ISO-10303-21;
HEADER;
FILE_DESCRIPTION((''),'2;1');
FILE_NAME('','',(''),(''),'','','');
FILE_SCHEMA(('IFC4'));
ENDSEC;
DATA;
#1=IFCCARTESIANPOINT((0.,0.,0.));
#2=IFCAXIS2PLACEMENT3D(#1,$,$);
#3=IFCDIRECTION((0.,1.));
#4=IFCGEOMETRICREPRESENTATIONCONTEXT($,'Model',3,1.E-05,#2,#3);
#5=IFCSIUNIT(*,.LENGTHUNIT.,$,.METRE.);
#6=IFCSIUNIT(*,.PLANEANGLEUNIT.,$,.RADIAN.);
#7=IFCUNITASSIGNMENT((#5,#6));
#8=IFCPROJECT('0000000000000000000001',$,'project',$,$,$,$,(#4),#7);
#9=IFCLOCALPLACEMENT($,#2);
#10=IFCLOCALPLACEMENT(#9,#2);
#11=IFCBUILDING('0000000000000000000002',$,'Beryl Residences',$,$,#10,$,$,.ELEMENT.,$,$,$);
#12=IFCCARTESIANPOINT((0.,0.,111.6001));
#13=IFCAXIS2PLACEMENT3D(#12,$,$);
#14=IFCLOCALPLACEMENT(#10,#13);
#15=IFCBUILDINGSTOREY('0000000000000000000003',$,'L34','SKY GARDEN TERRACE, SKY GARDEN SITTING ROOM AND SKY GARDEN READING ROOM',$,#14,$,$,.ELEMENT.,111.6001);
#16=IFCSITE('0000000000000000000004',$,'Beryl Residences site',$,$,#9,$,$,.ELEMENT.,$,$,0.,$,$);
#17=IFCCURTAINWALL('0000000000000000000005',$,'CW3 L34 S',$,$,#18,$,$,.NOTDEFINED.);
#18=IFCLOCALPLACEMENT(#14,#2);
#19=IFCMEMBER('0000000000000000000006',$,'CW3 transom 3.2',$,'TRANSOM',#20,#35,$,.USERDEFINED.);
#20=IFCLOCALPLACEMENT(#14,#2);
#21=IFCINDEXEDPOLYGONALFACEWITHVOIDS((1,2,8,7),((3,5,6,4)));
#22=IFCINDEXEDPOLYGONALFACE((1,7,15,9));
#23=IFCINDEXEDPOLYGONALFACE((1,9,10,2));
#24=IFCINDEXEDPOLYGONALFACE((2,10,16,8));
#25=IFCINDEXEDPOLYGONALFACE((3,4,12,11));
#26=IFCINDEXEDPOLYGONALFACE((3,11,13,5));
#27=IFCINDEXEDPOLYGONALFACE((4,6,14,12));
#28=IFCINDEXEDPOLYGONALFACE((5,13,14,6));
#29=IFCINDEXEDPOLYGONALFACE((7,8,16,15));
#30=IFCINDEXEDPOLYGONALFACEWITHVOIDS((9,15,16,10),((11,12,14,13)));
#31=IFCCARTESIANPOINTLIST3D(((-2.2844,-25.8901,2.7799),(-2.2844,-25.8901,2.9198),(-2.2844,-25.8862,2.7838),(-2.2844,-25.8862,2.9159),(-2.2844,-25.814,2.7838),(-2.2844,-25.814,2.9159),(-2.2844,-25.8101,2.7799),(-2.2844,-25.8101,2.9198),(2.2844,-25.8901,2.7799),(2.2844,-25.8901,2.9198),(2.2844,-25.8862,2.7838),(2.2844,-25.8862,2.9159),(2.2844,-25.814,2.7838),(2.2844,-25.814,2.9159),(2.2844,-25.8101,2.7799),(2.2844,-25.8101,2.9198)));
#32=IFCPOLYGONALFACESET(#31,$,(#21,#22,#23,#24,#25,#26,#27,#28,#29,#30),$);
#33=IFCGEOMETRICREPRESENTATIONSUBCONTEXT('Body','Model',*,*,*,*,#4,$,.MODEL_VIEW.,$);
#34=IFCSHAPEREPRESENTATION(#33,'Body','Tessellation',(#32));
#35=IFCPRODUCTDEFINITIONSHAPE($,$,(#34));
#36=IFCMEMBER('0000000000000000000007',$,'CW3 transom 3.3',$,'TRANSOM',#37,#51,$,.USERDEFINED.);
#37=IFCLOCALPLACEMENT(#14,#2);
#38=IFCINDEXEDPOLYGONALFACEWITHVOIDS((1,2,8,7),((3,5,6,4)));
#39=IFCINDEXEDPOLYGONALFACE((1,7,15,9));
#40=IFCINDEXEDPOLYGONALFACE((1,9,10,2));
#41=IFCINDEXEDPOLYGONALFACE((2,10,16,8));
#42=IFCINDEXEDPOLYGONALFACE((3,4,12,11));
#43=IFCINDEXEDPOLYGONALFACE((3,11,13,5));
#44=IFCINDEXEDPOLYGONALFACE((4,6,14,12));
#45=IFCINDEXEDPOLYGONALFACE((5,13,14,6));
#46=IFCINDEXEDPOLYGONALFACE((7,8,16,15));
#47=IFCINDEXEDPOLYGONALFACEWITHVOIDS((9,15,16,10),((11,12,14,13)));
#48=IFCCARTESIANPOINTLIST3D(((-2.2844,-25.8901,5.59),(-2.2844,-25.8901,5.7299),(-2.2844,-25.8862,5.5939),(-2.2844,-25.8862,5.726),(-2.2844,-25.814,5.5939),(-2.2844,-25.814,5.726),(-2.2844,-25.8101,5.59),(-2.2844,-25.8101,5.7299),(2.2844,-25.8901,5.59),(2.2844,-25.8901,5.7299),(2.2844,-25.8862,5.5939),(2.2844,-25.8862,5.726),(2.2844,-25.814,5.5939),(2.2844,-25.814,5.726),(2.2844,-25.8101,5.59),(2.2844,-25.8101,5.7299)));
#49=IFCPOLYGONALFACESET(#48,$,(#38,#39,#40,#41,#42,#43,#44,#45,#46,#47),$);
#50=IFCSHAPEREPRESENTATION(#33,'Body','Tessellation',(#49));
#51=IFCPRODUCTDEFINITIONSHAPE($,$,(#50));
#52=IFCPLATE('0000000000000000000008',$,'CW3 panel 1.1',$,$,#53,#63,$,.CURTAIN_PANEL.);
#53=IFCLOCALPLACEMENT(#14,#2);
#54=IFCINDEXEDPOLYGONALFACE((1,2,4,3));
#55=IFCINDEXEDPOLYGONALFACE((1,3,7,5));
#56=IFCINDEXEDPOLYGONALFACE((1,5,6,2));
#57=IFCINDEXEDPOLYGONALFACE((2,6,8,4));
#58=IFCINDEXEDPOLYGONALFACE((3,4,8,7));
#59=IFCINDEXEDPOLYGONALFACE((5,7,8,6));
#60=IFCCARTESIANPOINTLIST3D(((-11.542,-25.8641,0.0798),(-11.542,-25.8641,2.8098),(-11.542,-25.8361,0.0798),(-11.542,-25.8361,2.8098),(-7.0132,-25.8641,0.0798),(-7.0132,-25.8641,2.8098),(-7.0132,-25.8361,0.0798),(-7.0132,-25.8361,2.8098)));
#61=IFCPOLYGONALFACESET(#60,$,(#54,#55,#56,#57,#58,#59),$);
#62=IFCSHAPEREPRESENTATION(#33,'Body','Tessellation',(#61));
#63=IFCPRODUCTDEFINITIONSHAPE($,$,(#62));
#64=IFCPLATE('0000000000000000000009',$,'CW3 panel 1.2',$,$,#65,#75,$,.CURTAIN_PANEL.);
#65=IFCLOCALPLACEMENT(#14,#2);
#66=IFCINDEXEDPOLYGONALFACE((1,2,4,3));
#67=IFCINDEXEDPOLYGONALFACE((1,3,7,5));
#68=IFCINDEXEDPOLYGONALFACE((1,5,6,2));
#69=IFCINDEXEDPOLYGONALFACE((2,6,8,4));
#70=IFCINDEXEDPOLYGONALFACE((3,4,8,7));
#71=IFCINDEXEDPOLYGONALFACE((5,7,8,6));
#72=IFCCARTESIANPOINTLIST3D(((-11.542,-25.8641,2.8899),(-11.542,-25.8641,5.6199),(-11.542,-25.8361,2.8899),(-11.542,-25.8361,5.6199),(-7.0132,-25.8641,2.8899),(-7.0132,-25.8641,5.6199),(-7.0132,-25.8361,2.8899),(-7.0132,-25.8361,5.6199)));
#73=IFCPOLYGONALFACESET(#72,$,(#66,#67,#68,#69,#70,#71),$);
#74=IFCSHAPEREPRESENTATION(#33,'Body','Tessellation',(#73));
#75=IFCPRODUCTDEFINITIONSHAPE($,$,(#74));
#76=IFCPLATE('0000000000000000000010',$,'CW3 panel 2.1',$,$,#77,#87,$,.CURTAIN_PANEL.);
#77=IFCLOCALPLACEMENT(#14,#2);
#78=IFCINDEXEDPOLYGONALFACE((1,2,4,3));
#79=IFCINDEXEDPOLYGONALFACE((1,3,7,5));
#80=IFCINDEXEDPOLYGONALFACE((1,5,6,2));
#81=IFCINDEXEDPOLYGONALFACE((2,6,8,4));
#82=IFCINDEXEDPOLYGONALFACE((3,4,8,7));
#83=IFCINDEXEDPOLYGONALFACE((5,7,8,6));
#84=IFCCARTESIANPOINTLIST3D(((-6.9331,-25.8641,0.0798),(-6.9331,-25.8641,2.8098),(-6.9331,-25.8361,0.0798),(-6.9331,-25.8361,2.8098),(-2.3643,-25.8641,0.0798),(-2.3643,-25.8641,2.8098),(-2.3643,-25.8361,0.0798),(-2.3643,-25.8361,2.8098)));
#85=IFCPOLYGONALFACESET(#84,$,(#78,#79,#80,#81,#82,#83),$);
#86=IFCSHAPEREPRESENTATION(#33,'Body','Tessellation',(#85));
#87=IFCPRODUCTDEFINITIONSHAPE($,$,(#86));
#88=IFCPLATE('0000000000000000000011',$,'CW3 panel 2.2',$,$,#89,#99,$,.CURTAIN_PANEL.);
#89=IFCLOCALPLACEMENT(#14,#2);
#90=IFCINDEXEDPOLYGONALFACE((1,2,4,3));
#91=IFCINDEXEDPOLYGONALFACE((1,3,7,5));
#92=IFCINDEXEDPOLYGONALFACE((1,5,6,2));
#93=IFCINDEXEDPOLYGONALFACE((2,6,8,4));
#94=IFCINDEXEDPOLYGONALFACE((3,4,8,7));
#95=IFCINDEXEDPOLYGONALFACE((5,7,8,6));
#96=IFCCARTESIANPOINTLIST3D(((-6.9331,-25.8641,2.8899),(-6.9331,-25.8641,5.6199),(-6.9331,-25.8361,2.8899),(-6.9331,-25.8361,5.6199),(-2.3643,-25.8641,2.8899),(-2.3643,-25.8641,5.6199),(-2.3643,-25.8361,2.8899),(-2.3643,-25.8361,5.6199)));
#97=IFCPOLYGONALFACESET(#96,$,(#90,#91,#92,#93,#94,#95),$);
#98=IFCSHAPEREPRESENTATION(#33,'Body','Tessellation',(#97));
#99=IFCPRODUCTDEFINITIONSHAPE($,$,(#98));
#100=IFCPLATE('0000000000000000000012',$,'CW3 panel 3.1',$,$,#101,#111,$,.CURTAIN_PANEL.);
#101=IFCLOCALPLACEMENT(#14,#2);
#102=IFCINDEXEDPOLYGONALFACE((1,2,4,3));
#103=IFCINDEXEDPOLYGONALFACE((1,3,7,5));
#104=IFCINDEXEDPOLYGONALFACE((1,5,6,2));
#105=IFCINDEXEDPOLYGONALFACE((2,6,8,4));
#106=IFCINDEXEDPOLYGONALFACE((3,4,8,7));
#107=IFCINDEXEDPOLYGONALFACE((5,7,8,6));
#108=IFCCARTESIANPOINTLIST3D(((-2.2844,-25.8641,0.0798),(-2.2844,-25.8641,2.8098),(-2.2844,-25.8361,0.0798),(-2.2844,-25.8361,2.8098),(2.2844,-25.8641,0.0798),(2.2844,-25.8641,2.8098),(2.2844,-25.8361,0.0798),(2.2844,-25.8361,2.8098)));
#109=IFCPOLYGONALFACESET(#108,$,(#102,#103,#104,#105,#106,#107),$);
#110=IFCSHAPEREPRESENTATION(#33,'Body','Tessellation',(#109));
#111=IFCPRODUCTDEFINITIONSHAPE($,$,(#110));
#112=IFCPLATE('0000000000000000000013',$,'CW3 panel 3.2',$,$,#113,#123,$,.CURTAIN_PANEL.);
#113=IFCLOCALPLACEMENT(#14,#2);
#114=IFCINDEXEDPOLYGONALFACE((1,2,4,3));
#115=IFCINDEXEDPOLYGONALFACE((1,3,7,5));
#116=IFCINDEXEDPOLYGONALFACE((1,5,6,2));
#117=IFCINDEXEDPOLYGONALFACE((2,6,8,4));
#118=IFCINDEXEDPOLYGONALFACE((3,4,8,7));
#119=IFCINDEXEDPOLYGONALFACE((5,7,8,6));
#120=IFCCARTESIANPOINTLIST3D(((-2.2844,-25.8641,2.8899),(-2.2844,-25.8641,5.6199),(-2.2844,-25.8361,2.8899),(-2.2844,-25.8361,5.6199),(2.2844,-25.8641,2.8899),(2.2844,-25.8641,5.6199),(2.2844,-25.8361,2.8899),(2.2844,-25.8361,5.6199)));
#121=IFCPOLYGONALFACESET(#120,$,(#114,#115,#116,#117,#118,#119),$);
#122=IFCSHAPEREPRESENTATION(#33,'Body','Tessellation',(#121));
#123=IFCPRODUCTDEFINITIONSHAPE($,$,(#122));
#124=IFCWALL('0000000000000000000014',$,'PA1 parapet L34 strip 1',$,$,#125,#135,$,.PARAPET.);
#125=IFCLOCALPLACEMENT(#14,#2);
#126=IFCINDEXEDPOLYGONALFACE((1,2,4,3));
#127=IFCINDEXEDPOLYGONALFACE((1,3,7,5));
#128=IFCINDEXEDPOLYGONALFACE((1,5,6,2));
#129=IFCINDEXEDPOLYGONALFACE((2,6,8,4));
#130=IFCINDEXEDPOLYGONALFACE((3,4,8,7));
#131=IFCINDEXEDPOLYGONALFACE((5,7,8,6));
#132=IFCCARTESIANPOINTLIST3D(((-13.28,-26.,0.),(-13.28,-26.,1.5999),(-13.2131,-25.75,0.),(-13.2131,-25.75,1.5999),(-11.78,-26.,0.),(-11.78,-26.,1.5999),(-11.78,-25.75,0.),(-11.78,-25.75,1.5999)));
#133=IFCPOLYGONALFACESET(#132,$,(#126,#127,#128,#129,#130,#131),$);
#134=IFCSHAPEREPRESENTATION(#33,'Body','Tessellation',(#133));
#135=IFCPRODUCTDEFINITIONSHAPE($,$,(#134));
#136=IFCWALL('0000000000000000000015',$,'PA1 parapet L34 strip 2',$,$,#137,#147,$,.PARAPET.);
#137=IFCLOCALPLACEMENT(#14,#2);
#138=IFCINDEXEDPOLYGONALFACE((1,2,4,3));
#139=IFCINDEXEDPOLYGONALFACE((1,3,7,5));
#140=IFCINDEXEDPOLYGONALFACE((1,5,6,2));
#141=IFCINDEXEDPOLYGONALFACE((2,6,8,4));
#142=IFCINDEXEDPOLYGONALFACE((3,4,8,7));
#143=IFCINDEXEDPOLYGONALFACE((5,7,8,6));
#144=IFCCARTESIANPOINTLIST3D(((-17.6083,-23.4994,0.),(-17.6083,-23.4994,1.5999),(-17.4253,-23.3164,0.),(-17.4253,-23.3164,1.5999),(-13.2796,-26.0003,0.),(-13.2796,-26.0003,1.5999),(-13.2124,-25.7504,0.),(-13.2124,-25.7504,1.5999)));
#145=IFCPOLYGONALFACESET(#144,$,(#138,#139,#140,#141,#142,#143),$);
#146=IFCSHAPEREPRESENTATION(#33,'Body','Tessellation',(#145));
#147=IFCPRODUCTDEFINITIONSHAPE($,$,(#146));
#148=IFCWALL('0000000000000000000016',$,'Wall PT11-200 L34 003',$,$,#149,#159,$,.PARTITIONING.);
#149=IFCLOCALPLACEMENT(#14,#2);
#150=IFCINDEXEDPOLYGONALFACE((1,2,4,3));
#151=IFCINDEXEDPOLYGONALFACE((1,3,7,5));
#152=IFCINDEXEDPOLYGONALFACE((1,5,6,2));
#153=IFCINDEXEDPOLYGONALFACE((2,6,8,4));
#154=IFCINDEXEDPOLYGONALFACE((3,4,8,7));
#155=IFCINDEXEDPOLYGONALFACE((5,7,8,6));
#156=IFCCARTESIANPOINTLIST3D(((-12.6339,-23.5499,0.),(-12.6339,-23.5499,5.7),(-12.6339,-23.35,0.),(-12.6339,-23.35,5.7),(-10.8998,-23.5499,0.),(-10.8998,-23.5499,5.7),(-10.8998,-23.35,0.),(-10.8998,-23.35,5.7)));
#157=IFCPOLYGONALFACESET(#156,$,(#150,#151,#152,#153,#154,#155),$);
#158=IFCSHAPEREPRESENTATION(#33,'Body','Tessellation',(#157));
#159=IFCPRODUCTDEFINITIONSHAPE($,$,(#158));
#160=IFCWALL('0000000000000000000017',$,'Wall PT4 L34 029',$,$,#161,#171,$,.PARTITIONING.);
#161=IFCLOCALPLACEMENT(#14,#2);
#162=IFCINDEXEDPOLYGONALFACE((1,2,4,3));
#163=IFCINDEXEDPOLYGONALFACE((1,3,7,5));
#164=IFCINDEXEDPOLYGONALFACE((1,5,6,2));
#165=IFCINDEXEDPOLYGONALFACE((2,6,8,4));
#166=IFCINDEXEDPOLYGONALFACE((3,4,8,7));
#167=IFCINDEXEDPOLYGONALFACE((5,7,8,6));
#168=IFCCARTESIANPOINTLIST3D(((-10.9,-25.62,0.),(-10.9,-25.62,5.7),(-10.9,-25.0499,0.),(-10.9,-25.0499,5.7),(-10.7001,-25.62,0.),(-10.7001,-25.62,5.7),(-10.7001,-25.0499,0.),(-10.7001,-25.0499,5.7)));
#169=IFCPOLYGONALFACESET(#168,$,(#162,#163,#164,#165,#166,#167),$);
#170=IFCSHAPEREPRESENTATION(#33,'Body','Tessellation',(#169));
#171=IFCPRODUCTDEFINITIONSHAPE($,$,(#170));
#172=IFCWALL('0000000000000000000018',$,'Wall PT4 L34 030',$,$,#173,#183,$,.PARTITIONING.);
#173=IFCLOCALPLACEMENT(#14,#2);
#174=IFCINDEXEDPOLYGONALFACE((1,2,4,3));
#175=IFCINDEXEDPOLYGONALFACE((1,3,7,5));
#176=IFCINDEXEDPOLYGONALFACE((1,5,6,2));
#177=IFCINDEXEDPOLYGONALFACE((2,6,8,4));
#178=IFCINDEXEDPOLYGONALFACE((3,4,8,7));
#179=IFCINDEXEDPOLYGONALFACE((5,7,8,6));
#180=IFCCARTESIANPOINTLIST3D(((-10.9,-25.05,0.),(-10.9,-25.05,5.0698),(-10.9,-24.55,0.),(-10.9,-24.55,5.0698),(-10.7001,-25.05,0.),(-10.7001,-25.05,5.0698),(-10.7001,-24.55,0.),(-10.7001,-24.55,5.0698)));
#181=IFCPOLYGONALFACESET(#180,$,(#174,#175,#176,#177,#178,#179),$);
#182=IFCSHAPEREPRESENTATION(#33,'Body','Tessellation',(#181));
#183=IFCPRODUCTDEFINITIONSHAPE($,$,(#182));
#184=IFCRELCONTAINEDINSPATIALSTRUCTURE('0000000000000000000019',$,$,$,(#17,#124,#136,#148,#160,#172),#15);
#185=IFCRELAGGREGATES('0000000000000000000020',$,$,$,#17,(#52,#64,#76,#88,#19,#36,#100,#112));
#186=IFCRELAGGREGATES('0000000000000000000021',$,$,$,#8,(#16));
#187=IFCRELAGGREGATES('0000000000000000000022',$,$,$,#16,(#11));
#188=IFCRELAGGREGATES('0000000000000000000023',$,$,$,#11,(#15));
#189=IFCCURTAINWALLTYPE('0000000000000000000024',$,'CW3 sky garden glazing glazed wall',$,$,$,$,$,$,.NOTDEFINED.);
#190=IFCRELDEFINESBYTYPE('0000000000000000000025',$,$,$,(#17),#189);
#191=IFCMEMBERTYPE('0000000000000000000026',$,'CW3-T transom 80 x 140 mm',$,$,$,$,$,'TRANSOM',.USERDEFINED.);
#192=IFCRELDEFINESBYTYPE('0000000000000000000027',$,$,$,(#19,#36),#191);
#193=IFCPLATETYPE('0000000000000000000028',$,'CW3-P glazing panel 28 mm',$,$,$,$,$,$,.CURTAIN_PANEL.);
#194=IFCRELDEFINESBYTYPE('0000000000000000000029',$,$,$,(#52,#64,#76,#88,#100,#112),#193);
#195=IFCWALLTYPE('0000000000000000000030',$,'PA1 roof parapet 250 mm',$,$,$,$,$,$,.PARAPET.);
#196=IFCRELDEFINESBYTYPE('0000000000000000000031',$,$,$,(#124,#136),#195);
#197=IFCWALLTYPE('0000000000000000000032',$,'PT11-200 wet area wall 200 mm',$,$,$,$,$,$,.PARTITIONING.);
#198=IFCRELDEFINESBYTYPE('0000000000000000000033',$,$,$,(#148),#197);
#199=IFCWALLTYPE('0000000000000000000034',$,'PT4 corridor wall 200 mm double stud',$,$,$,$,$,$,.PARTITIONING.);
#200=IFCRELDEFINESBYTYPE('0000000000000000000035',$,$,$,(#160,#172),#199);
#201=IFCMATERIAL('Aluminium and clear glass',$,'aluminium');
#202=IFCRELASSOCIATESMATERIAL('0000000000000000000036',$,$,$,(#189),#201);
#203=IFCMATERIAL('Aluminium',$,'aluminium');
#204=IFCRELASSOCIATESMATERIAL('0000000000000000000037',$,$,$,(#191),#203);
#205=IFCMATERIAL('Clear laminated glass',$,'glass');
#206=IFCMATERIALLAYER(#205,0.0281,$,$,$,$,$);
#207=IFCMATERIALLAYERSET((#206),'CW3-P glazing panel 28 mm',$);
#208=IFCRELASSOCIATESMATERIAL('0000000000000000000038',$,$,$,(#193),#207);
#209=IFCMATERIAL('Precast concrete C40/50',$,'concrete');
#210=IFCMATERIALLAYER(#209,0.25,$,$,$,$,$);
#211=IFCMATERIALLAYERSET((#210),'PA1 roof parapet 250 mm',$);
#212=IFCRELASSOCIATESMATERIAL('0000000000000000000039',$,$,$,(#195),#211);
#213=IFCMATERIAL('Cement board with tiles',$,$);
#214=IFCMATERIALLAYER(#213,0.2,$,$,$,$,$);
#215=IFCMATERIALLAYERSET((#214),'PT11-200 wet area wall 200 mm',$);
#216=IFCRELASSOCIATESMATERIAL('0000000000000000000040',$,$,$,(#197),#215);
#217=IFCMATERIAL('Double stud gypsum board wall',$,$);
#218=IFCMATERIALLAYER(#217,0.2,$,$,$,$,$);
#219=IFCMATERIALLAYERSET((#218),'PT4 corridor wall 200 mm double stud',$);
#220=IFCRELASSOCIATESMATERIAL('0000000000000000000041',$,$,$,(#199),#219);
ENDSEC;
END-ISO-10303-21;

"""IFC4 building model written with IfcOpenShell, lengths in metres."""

from ifc_helpers import new_model, si_unit, direction, frame, frame_2d, origin, origin_2d, place, context, subcontext, project, spatial, polyline, rectangle, hollow_rectangle, outline, extrude, material, layer, layer_set, material_profile, profile_set, type_object, element, aggregate, save


model = new_model("IFC4")

# Units and contexts
model_context = context("Model", 3, precision=1e-05, world=origin(), true_north=direction((0.0, 1.0)))
body_context = subcontext(model_context, "Body", "Model", "MODEL_VIEW")
ifc_project = project(units=[si_unit("LENGTHUNIT", "METRE"), si_unit("PLANEANGLEUNIT", "RADIAN")], contexts=[model_context])

# Site, building, storey
site_placement = place(None, origin())
site = spatial("IfcSite", under=ifc_project, at=site_placement, Name="Beryl Residences site", CompositionType="ELEMENT", RefElevation=0.0)
building_placement = place(site_placement, origin())
building = spatial("IfcBuilding", under=site, at=building_placement, Name="Beryl Residences", CompositionType="ELEMENT")
storey_placement = place(building_placement, frame((0.0, 0.0, 111.6001)))
storey = spatial("IfcBuildingStorey", under=building, at=storey_placement, Name="L34", Description="SKY GARDEN TERRACE, SKY GARDEN SITTING ROOM AND SKY GARDEN READING ROOM", CompositionType="ELEMENT", Elevation=111.6001)

# Curtain wall, members, plates
ifc_material_1 = material(Name="Aluminium and clear glass", Category="aluminium")
curtain_wall_type = type_object("IfcCurtainWallType", Name="CW3 sky garden glazing glazed wall", PredefinedType="NOTDEFINED", material=ifc_material_1)
curtain_wall_placement = place(storey_placement, origin())
curtain_wall = element("IfcCurtainWall", 1, at=curtain_wall_placement, inside=storey, type_object=curtain_wall_type, Name="CW3 L34 S", PredefinedType="NOTDEFINED")
ifc_material_2 = material(Name="Aluminium", Category="aluminium")
ifc_material_profile_1 = material_profile(ifc_material_2, hollow_rectangle(XDim=0.0801, YDim=0.1399, WallThickness=0.0039, at=origin_2d()))
ifc_profile_set_1 = profile_set([ifc_material_profile_1], Name="Aluminium")
member_type_1 = type_object("IfcMemberType", Name="CW3-T transom 80 x 140 mm", ElementType="TRANSOM", PredefinedType="USERDEFINED", material=ifc_profile_set_1)
member_1_placement = place(storey_placement, frame((-2.2844, -25.8501, 2.8499), z_axis=(1.0, 0.0, 0.0), x_axis=(0.0, 1.0, 0.0)))
member_1 = element("IfcMember", 2, at=member_1_placement, type_object=member_type_1, Name="CW3 transom 3.2", ObjectType="TRANSOM", PredefinedType="USERDEFINED", context=body_context, shape_type="SweptSolid", body=[
    extrude(hollow_rectangle(XDim=0.0801, YDim=0.1399, WallThickness=0.0039, at=origin_2d()), origin(), (0.0, 0.0, 1.0), 4.5688),
])
member_2_placement = place(storey_placement, frame((-2.2844, -25.8501, 5.6599), z_axis=(1.0, 0.0, 0.0), x_axis=(0.0, 1.0, 0.0)))
member_2 = element("IfcMember", 3, at=member_2_placement, type_object=member_type_1, Name="CW3 transom 3.3", ObjectType="TRANSOM", PredefinedType="USERDEFINED", context=body_context, shape_type="SweptSolid", body=[
    extrude(hollow_rectangle(XDim=0.0801, YDim=0.1399, WallThickness=0.0039, at=origin_2d()), origin(), (0.0, 0.0, 1.0), 4.5688),
])
ifc_material_3 = material(Name="Clear laminated glass", Category="glass")
ifc_layer_1 = layer(ifc_material_3, 0.0281)
ifc_layer_set_1 = layer_set([ifc_layer_1], Name="CW3-P glazing panel 28 mm")
plate_type = type_object("IfcPlateType", Name="CW3-P glazing panel 28 mm", PredefinedType="CURTAIN_PANEL", material=ifc_layer_set_1)
plate_1_placement = place(storey_placement, frame((-9.2776, -25.8501, 0.0798), z_axis=(0.0, 0.0, 1.0), x_axis=(1.0, 0.0, 0.0)))
plate_1 = element("IfcPlate", 4, at=plate_1_placement, type_object=plate_type, Name="CW3 panel 1.1", PredefinedType="CURTAIN_PANEL", context=body_context, shape_type="SweptSolid", body=[
    extrude(rectangle(XDim=4.5288, YDim=0.0281, at=origin_2d()), origin(), (0.0, 0.0, 1.0), 2.73),
])
plate_2_placement = place(storey_placement, frame((-9.2776, -25.8501, 2.8899), z_axis=(0.0, 0.0, 1.0), x_axis=(1.0, 0.0, 0.0)))
plate_2 = element("IfcPlate", 5, at=plate_2_placement, type_object=plate_type, Name="CW3 panel 1.2", PredefinedType="CURTAIN_PANEL", context=body_context, shape_type="SweptSolid", body=[
    extrude(rectangle(XDim=4.5288, YDim=0.0281, at=origin_2d()), origin(), (0.0, 0.0, 1.0), 2.73),
])
plate_3_placement = place(storey_placement, frame((-4.6487, -25.8501, 0.0798), z_axis=(0.0, 0.0, 1.0), x_axis=(1.0, 0.0, 0.0)))
plate_3 = element("IfcPlate", 6, at=plate_3_placement, type_object=plate_type, Name="CW3 panel 2.1", PredefinedType="CURTAIN_PANEL", context=body_context, shape_type="SweptSolid", body=[
    extrude(rectangle(XDim=4.5688, YDim=0.0281, at=origin_2d()), origin(), (0.0, 0.0, 1.0), 2.73),
])
plate_4_placement = place(storey_placement, frame((-4.6487, -25.8501, 2.8899), z_axis=(0.0, 0.0, 1.0), x_axis=(1.0, 0.0, 0.0)))
plate_4 = element("IfcPlate", 7, at=plate_4_placement, type_object=plate_type, Name="CW3 panel 2.2", PredefinedType="CURTAIN_PANEL", context=body_context, shape_type="SweptSolid", body=[
    extrude(rectangle(XDim=4.5688, YDim=0.0281, at=origin_2d()), origin(), (0.0, 0.0, 1.0), 2.73),
])
plate_5_placement = place(storey_placement, frame((0.0, -25.8501, 0.0798), z_axis=(0.0, 0.0, 1.0), x_axis=(1.0, 0.0, 0.0)))
plate_5 = element("IfcPlate", 8, at=plate_5_placement, type_object=plate_type, Name="CW3 panel 3.1", PredefinedType="CURTAIN_PANEL", context=body_context, shape_type="SweptSolid", body=[
    extrude(rectangle(XDim=4.5688, YDim=0.0281, at=origin_2d()), origin(), (0.0, 0.0, 1.0), 2.73),
])
plate_6_placement = place(storey_placement, frame((0.0, -25.8501, 2.8899), z_axis=(0.0, 0.0, 1.0), x_axis=(1.0, 0.0, 0.0)))
plate_6 = element("IfcPlate", 9, at=plate_6_placement, type_object=plate_type, Name="CW3 panel 3.2", PredefinedType="CURTAIN_PANEL", context=body_context, shape_type="SweptSolid", body=[
    extrude(rectangle(XDim=4.5688, YDim=0.0281, at=origin_2d()), origin(), (0.0, 0.0, 1.0), 2.73),
])
aggregate(curtain_wall, [plate_1, plate_2, plate_3, plate_4, member_1, member_2, plate_5, plate_6])

# Walls
ifc_material_4 = material(Name="Precast concrete C40/50", Category="concrete")
ifc_layer_2 = layer(ifc_material_4, 0.25)
ifc_layer_set_2 = layer_set([ifc_layer_2], Name="PA1 roof parapet 250 mm")
wall_type_1 = type_object("IfcWallType", Name="PA1 roof parapet 250 mm", PredefinedType="PARAPET", material=ifc_layer_set_2)
wall_1_placement = place(storey_placement, frame((-11.78, -25.875, 0.0), z_axis=(0.0, 0.0, 1.0), x_axis=(-1.0, 0.0, 0.0)))
element("IfcWall", 10, at=wall_1_placement, inside=storey, type_object=wall_type_1, Name="PA1 parapet L34 strip 1", PredefinedType="PARAPET", context=body_context, shape_type="SweptSolid", body=[
    extrude(outline(polyline([(0.0, -0.125), (1.4331, -0.125), (1.5, 0.125), (0.0, 0.125), (0.0, -0.125)])), origin(), (0.0, 0.0, 1.0), 1.5999),
])
wall_2_placement = place(storey_placement, frame((-13.217, -25.8921, 0.0), z_axis=(0.0, 0.0, 1.0), x_axis=(-0.865877, 0.500256, 0.0)))
element("IfcWall", 11, at=wall_2_placement, inside=storey, type_object=wall_type_1, Name="PA1 parapet L34 strip 2", PredefinedType="PARAPET", context=body_context, shape_type="SweptSolid", body=[
    extrude(outline(polyline([(0.0669, -0.125), (4.9324, -0.125), (4.9993, 0.125), (0.0, 0.125), (0.0669, -0.125)])), origin(), (0.0, 0.0, 1.0), 1.5999),
])
ifc_material_5 = material(Name="Cement board with tiles")
ifc_layer_3 = layer(ifc_material_5, 0.2)
ifc_layer_set_3 = layer_set([ifc_layer_3], Name="PT11-200 wet area wall 200 mm")
wall_type_2 = type_object("IfcWallType", Name="PT11-200 wet area wall 200 mm", PredefinedType="PARTITIONING", material=ifc_layer_set_3)
wall_3_placement = place(storey_placement, frame((-12.634, -23.45, 0.0), z_axis=(0.0, 0.0, 1.0), x_axis=(1.0, 0.0, 0.0)))
element("IfcWall", 12, at=wall_3_placement, inside=storey, type_object=wall_type_2, Name="Wall PT11-200 L34 003", PredefinedType="PARTITIONING", context=body_context, shape_type="SweptSolid", body=[
    extrude(rectangle(XDim=1.7341, YDim=0.2, at=frame_2d((0.8672, 0.0))), origin(), (0.0, 0.0, 1.0), 5.7),
])
ifc_material_6 = material(Name="Double stud gypsum board wall")
ifc_layer_4 = layer(ifc_material_6, 0.2)
ifc_layer_set_4 = layer_set([ifc_layer_4], Name="PT4 corridor wall 200 mm double stud")
wall_type_3 = type_object("IfcWallType", Name="PT4 corridor wall 200 mm double stud", PredefinedType="PARTITIONING", material=ifc_layer_set_4)
wall_4_placement = place(storey_placement, frame((-10.8, -25.6201, 0.0), z_axis=(0.0, 0.0, 1.0), x_axis=(0.0, 1.0, 0.0)))
element("IfcWall", 13, at=wall_4_placement, inside=storey, type_object=wall_type_3, Name="Wall PT4 L34 029", PredefinedType="PARTITIONING", context=body_context, shape_type="SweptSolid", body=[
    extrude(rectangle(XDim=0.5701, YDim=0.2, at=frame_2d((0.2852, 0.0))), origin(), (0.0, 0.0, 1.0), 5.7),
])
wall_5_placement = place(storey_placement, frame((-10.8, -25.05, 0.0), z_axis=(0.0, 0.0, 1.0), x_axis=(0.0, 1.0, 0.0)))
element("IfcWall", 14, at=wall_5_placement, inside=storey, type_object=wall_type_3, Name="Wall PT4 L34 030", PredefinedType="PARTITIONING", context=body_context, shape_type="SweptSolid", body=[
    extrude(rectangle(XDim=0.5, YDim=0.2, at=frame_2d((0.25, 0.0))), origin(), (0.0, 0.0, 1.0), 5.0698),
])

save(model, "model.ifc")
